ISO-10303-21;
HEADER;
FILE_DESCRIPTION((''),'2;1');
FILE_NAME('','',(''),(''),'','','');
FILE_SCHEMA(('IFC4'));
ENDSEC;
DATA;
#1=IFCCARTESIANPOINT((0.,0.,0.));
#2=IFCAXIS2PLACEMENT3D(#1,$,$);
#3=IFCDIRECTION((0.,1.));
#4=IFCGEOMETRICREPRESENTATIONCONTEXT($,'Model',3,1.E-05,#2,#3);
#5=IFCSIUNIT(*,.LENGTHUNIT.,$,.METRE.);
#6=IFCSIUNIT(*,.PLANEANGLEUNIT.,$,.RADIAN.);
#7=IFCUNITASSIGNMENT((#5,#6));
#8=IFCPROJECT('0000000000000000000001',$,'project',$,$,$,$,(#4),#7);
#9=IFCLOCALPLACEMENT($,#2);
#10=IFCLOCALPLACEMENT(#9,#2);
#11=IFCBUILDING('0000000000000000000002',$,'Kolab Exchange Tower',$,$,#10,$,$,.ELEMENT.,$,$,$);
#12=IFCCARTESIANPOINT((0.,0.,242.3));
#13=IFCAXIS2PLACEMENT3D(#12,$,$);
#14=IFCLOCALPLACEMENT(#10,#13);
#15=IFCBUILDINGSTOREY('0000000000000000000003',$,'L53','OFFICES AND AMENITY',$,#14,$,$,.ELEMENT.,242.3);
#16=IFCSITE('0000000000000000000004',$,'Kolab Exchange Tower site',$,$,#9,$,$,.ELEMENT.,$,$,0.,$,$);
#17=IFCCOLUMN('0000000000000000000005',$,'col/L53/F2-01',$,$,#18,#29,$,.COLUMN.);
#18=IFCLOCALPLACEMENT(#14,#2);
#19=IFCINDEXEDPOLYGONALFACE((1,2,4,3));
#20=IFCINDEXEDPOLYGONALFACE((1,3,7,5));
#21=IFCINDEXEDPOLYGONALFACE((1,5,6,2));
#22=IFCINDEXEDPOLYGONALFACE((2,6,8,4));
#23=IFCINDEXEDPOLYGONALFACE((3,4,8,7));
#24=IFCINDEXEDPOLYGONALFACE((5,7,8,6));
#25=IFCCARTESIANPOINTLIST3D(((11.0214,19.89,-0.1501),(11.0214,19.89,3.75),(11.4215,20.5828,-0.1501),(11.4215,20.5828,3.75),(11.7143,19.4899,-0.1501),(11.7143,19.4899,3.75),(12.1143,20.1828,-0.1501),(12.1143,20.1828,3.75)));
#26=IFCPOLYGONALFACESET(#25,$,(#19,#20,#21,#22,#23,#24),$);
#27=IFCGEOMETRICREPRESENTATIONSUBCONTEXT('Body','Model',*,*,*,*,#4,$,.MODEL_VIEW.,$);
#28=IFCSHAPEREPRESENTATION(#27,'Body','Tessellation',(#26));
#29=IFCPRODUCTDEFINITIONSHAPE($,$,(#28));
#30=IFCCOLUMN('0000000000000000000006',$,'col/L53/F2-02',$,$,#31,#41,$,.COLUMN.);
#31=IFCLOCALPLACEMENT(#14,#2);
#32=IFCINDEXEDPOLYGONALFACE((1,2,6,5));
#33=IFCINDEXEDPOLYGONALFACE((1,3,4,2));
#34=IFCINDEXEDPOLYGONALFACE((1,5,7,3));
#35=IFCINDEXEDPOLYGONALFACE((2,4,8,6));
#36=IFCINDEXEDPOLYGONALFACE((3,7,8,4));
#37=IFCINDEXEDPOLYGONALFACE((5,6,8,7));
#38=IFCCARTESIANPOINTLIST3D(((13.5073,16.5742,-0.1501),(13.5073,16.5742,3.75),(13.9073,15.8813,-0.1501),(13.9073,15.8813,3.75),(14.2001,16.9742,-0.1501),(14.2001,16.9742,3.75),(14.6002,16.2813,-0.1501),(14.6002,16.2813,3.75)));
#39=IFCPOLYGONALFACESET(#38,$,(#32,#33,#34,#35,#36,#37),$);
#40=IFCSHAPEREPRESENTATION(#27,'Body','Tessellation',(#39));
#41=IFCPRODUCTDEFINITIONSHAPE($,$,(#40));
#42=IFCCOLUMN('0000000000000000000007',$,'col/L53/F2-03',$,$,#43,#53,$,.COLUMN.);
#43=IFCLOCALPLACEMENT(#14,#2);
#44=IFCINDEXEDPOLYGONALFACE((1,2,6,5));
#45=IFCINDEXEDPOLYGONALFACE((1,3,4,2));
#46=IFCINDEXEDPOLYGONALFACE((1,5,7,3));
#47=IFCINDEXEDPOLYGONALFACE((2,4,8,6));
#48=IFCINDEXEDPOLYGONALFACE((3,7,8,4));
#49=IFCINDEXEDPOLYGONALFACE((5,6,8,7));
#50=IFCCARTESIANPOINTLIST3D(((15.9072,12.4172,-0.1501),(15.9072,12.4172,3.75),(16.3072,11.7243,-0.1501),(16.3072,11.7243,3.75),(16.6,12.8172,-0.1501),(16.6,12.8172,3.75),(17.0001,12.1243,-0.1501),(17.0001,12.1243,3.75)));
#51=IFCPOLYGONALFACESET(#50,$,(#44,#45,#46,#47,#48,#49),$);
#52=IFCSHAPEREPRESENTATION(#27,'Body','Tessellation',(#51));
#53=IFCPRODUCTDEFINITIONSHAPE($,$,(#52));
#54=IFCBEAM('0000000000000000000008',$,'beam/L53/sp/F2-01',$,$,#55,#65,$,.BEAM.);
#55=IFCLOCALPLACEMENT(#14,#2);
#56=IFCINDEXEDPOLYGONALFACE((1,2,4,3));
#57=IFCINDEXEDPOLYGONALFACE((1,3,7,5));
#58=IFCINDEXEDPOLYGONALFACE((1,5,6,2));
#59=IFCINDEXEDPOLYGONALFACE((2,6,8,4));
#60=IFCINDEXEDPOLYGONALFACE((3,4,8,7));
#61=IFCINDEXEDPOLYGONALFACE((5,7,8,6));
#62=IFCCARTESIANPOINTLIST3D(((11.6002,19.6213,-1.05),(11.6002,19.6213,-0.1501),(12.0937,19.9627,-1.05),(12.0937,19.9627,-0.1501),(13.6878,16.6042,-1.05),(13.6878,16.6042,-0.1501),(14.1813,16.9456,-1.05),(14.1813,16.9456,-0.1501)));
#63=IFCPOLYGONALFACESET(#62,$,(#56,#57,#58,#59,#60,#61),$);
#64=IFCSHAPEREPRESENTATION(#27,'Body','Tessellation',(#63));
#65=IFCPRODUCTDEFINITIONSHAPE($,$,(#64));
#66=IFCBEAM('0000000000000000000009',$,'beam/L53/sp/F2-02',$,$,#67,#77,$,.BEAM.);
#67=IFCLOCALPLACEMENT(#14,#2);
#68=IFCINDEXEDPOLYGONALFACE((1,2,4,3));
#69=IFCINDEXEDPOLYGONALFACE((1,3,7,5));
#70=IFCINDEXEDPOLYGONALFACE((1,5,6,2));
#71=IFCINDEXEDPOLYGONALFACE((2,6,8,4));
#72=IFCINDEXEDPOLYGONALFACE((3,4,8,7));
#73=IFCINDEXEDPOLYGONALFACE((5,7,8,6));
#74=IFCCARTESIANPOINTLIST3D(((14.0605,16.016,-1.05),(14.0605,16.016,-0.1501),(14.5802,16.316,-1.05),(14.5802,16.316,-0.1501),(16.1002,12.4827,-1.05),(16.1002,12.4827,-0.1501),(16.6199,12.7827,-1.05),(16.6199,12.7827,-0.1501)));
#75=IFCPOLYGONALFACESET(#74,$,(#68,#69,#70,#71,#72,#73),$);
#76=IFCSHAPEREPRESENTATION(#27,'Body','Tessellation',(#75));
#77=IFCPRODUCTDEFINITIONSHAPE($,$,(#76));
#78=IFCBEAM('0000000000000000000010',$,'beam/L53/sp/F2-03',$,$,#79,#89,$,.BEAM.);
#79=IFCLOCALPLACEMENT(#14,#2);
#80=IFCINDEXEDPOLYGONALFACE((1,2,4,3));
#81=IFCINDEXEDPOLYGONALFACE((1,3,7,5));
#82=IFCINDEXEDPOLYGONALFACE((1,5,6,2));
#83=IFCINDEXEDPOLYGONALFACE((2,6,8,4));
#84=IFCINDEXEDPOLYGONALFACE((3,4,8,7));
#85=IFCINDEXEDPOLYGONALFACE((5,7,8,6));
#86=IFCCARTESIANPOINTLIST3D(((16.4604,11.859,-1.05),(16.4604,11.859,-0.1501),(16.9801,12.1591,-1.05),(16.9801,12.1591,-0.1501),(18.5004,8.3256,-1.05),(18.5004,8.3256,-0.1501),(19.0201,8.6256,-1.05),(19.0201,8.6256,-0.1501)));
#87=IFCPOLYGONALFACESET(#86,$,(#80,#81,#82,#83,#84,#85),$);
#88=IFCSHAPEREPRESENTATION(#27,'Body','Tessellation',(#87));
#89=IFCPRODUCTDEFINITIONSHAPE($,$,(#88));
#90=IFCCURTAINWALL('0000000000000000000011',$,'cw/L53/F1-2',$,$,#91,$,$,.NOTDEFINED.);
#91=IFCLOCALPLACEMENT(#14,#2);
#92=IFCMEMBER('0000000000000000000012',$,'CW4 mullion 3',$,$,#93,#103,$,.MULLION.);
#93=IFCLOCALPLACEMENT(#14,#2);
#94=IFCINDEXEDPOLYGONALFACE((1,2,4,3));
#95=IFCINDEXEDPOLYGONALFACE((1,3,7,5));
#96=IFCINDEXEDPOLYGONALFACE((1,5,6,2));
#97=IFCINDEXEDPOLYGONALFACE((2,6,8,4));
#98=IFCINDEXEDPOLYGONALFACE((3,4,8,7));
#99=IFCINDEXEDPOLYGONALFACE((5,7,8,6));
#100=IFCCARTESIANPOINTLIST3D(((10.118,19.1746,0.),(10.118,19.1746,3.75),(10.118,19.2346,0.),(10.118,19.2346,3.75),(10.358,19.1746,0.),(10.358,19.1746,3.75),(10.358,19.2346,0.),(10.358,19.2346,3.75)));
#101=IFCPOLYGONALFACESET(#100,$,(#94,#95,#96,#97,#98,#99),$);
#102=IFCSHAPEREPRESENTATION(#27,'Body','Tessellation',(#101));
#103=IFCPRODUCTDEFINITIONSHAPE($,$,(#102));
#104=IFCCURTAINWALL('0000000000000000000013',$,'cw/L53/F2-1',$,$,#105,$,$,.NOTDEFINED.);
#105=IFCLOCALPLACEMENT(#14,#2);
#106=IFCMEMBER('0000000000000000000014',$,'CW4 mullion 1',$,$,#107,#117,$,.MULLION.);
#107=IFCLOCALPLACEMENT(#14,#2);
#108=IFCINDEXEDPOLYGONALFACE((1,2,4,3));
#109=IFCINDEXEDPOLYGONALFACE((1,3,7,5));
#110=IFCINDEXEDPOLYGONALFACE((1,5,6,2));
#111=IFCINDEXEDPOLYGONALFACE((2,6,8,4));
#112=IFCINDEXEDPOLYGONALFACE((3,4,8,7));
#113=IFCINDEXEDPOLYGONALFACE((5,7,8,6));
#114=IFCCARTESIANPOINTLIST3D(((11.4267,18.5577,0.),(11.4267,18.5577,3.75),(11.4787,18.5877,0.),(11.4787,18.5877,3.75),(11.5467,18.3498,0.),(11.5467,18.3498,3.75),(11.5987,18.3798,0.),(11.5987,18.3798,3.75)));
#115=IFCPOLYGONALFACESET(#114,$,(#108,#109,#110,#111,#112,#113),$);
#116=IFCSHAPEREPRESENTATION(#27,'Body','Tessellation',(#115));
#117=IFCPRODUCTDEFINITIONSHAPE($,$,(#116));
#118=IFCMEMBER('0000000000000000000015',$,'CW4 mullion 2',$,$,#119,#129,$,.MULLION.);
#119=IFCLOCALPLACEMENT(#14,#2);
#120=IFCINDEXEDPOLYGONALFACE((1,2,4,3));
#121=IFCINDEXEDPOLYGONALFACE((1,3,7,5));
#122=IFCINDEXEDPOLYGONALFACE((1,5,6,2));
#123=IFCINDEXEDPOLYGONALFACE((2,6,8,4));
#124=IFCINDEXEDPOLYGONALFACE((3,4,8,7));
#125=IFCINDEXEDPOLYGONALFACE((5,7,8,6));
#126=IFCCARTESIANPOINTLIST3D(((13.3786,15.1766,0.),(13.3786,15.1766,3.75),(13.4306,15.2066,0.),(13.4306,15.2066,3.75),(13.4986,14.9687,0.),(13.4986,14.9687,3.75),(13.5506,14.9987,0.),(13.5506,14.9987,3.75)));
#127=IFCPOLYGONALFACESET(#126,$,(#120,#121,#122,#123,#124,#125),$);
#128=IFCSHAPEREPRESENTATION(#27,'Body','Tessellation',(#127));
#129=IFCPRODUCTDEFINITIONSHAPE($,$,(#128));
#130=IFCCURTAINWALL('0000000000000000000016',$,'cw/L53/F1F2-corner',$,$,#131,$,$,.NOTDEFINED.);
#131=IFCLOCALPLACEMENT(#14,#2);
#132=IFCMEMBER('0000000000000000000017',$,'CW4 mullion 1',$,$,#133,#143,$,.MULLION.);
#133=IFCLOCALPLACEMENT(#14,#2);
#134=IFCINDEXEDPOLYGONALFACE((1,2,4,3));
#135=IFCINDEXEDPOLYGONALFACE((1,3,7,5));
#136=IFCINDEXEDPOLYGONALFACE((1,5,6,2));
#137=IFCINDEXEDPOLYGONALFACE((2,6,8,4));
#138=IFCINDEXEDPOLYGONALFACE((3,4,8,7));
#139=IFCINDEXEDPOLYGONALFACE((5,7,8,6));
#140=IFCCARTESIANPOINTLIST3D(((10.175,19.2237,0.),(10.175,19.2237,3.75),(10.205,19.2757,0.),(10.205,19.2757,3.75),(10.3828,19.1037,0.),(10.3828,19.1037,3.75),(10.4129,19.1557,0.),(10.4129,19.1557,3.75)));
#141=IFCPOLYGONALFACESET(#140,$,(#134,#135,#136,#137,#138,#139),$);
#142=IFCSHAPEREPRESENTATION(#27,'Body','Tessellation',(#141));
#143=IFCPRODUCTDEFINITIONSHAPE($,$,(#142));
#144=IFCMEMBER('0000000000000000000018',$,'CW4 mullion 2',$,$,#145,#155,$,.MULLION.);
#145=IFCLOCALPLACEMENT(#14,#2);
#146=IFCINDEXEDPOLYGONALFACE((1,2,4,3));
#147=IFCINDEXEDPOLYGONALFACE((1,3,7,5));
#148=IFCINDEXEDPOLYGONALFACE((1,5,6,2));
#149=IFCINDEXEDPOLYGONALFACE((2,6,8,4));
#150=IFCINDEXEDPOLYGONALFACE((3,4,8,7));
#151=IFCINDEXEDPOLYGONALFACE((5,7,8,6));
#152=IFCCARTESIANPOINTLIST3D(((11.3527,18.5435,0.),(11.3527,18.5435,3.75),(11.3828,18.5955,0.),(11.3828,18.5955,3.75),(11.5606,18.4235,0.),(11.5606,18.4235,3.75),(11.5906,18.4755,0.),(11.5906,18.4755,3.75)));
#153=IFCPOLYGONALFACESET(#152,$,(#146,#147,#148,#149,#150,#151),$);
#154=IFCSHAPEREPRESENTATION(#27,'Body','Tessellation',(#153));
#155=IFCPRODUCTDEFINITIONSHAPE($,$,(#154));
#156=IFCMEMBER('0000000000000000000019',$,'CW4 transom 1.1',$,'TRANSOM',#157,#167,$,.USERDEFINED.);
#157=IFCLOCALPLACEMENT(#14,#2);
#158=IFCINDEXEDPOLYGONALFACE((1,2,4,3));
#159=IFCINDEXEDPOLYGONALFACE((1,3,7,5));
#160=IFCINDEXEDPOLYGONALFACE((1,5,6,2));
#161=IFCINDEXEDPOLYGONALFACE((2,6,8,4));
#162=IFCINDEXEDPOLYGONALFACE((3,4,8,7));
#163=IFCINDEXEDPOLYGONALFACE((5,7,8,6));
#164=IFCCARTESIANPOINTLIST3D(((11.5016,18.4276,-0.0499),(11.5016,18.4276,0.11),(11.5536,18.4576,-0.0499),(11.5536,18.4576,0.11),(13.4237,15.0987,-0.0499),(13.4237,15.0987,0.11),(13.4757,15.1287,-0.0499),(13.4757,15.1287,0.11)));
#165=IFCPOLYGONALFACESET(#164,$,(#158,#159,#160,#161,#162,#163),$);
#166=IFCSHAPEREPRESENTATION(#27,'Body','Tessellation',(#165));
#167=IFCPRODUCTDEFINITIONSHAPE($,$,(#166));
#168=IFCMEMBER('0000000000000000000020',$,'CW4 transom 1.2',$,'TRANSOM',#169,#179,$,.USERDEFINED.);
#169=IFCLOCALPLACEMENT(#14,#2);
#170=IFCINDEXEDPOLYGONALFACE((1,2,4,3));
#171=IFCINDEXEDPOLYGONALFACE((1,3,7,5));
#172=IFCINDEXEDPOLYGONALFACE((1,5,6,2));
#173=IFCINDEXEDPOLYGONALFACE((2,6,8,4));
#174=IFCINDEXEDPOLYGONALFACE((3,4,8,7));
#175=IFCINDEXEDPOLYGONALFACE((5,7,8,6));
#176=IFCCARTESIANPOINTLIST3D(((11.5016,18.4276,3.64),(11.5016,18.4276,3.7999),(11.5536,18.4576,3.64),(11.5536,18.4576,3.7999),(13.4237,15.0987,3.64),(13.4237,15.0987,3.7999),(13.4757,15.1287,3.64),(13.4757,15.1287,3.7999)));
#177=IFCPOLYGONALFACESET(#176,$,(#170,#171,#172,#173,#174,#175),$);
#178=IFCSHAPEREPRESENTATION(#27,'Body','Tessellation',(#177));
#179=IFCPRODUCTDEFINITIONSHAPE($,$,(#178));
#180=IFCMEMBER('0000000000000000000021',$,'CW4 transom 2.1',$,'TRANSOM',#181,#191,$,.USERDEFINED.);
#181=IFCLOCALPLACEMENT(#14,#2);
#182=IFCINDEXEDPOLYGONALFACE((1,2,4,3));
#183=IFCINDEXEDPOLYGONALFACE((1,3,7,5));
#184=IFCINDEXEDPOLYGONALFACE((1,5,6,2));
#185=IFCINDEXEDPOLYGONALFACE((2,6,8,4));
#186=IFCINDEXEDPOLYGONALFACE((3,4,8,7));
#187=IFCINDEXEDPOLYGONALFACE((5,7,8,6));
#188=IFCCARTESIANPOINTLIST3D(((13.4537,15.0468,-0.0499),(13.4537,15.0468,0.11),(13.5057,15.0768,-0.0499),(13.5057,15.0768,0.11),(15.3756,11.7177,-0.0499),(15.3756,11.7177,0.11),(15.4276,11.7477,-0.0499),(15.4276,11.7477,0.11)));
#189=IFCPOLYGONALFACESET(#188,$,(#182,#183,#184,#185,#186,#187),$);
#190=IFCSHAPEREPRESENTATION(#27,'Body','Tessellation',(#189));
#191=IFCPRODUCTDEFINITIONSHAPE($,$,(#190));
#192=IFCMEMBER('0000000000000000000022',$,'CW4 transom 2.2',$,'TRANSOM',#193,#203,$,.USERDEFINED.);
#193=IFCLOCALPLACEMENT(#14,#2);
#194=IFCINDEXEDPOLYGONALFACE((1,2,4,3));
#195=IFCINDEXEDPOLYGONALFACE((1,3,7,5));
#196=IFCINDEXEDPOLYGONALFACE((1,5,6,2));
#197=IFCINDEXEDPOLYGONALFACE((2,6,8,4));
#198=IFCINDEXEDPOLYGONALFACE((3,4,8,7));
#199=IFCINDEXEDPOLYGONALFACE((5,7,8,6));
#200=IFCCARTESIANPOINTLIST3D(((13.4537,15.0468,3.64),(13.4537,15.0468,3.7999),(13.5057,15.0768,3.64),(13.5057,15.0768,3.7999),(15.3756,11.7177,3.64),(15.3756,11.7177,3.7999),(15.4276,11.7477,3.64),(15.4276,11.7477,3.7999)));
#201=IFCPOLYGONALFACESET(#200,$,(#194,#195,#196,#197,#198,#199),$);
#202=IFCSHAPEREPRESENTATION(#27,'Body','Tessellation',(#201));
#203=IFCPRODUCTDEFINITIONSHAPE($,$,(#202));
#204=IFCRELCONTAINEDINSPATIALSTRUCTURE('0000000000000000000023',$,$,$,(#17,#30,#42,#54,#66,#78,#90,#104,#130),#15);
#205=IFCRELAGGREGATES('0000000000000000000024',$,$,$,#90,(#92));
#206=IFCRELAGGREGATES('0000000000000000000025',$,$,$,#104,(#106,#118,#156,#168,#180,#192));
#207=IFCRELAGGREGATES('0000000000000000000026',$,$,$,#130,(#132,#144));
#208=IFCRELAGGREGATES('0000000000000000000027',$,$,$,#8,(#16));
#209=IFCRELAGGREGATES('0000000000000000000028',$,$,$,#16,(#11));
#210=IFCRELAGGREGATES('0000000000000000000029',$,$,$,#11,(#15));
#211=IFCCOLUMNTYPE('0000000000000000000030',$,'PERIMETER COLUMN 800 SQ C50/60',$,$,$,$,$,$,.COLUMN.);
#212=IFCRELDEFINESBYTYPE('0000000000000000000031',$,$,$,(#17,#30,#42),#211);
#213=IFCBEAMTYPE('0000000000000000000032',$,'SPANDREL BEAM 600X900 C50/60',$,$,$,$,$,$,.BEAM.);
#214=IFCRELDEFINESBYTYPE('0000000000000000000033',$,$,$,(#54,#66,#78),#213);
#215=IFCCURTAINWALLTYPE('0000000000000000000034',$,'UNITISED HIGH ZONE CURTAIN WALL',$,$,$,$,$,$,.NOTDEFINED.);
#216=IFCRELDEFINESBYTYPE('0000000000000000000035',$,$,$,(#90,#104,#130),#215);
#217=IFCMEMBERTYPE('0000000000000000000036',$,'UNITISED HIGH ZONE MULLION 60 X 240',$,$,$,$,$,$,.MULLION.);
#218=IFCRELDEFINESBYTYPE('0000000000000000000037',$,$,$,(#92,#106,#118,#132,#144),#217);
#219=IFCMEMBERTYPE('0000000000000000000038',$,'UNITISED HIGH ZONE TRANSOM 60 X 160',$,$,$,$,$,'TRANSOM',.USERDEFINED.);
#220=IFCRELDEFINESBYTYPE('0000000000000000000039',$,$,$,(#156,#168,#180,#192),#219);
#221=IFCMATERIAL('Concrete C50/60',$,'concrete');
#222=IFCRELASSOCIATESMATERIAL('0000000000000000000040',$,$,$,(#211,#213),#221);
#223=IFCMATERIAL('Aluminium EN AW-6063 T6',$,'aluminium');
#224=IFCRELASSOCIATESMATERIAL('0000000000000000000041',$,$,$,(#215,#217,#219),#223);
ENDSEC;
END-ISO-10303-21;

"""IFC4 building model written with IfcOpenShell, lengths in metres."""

from ifc_helpers import new_model, si_unit, direction, frame, origin, origin_2d, place, context, subcontext, project, spatial, rectangle, extrude, material, material_profile, profile_set, type_object, element, aggregate, save


model = new_model("IFC4")

# Units and contexts
model_context = context("Model", 3, precision=1e-05, world=origin(), true_north=direction((0.0, 1.0)))
body_context = subcontext(model_context, "Body", "Model", "MODEL_VIEW")
ifc_project = project(units=[si_unit("LENGTHUNIT", "METRE"), si_unit("PLANEANGLEUNIT", "RADIAN")], contexts=[model_context])

# Site, building, storey
site_placement = place(None, origin())
site = spatial("IfcSite", under=ifc_project, at=site_placement, Name="Kolab Exchange Tower site", CompositionType="ELEMENT", RefElevation=0.0)
building_placement = place(site_placement, origin())
building = spatial("IfcBuilding", under=site, at=building_placement, Name="Kolab Exchange Tower", CompositionType="ELEMENT")
storey_placement = place(building_placement, frame((0.0, 0.0, 242.3)))
storey = spatial("IfcBuildingStorey", under=building, at=storey_placement, Name="L53", Description="OFFICES AND AMENITY", CompositionType="ELEMENT", Elevation=242.3)

# Columns
ifc_material_1 = material(Name="Concrete C50/60", Category="concrete")
ifc_material_profile_1 = material_profile(ifc_material_1, rectangle(XDim=0.8, YDim=0.8, at=origin_2d()), Name="RC800")
ifc_profile_set_1 = profile_set([ifc_material_profile_1], Name="Concrete C50/60")
column_type = type_object("IfcColumnType", Name="PERIMETER COLUMN 800 SQ C50/60", PredefinedType="COLUMN", material=ifc_profile_set_1)
for number, where, z_axis, x_axis, name in (
    (1, (11.5679, 20.0364, -0.1501), (0.0, 0.0, 1.0), (0.5, 0.866025, 0.0), "col/L53/F2-01"),
    (2, (14.0537, 16.4277, -0.1501), (0.0, 0.0, 1.0), (0.866025, 0.5, 0.0), "col/L53/F2-02"),
    (3, (16.4536, 12.2708, -0.1501), (0.0, 0.0, 1.0), (0.866025, 0.5, 0.0), "col/L53/F2-03"),
):
    element("IfcColumn", number, at=place(storey_placement, frame(where, z_axis=z_axis, x_axis=x_axis)), inside=storey, type_object=column_type, Name=name, PredefinedType="COLUMN", context=body_context, shape_type="SweptSolid", body=[
        extrude(rectangle(XDim=0.8, YDim=0.8, at=origin_2d()), origin(), (0.0, 0.0, 1.0), 3.9001),
    ])

# Beams
ifc_material_profile_2 = material_profile(ifc_material_1, rectangle(XDim=0.6001, YDim=0.8999, at=origin_2d()), Name="RC600X900")
ifc_profile_set_2 = profile_set([ifc_material_profile_2], Name="Concrete C50/60")
beam_type = type_object("IfcBeamType", Name="SPANDREL BEAM 600X900 C50/60", PredefinedType="BEAM", material=ifc_profile_set_2)
beam_1_placement = place(storey_placement, frame((11.8469, 19.792, -0.6001), z_axis=(0.569006, -0.822334, 0.0), x_axis=(0.822334, 0.569006, 0.0)))
element("IfcBeam", 4, at=beam_1_placement, inside=storey, type_object=beam_type, Name="beam/L53/sp/F2-01", PredefinedType="BEAM", context=body_context, shape_type="SweptSolid", body=[
    extrude(rectangle(XDim=0.6001, YDim=0.8999, at=origin_2d()), origin(), (0.0, 0.0, 1.0), 3.6689),
])
beam_2_placement = place(storey_placement, frame((14.3203, 16.166, -0.6001), z_axis=(0.499956, -0.866051, 0.0), x_axis=(0.866051, 0.499956, 0.0)))
element("IfcBeam", 5, at=beam_2_placement, inside=storey, type_object=beam_type, Name="beam/L53/sp/F2-02", PredefinedType="BEAM", context=body_context, shape_type="SweptSolid", body=[
    extrude(rectangle(XDim=0.6001, YDim=0.8999, at=origin_2d()), origin(), (0.0, 0.0, 1.0), 4.0798),
])
beam_3_placement = place(storey_placement, frame((16.7202, 12.009, -0.6001), z_axis=(0.5, -0.866025, 0.0), x_axis=(0.866025, 0.5, 0.0)))
element("IfcBeam", 6, at=beam_3_placement, inside=storey, type_object=beam_type, Name="beam/L53/sp/F2-03", PredefinedType="BEAM", context=body_context, shape_type="SweptSolid", body=[
    extrude(rectangle(XDim=0.6001, YDim=0.8999, at=origin_2d()), origin(), (0.0, 0.0, 1.0), 4.0801),
])

# Curtain wall, member
ifc_material_2 = material(Name="Aluminium EN AW-6063 T6", Category="aluminium")
curtain_wall_type = type_object("IfcCurtainWallType", Name="UNITISED HIGH ZONE CURTAIN WALL", PredefinedType="NOTDEFINED", material=ifc_material_2)
curtain_wall_1_placement = place(storey_placement, origin())
curtain_wall_1 = element("IfcCurtainWall", 7, at=curtain_wall_1_placement, inside=storey, type_object=curtain_wall_type, Name="cw/L53/F1-2", PredefinedType="NOTDEFINED")
ifc_material_profile_3 = material_profile(ifc_material_2, rectangle(XDim=0.0601, YDim=0.24, at=origin_2d()), Name="RECT 60X240")
ifc_profile_set_3 = profile_set([ifc_material_profile_3], Name="Aluminium EN AW-6063 T6")
member_type_1 = type_object("IfcMemberType", Name="UNITISED HIGH ZONE MULLION 60 X 240", PredefinedType="MULLION", material=ifc_profile_set_3)
member_1_placement = place(storey_placement, frame((10.238, 19.2046, 0.0), z_axis=(0.0, 0.0, 1.0), x_axis=(0.0, 1.0, 0.0)))
member_1 = element("IfcMember", 8, at=member_1_placement, type_object=member_type_1, Name="CW4 mullion 3", PredefinedType="MULLION", context=body_context, shape_type="SweptSolid", body=[
    extrude(rectangle(XDim=0.0601, YDim=0.24, at=origin_2d()), origin(), (0.0, 0.0, 1.0), 3.75),
])
aggregate(curtain_wall_1, [member_1])

# Curtain walls, members
curtain_wall_2_placement = place(storey_placement, origin())
curtain_wall_2 = element("IfcCurtainWall", 9, at=curtain_wall_2_placement, inside=storey, type_object=curtain_wall_type, Name="cw/L53/F2-1", PredefinedType="NOTDEFINED")
member_2_placement = place(storey_placement, frame((11.5127, 18.4688, 0.0), z_axis=(0.0, 0.0, 1.0), x_axis=(0.866025, 0.5, 0.0)))
member_2 = element("IfcMember", 10, at=member_2_placement, type_object=member_type_1, Name="CW4 mullion 1", PredefinedType="MULLION", context=body_context, shape_type="SweptSolid", body=[
    extrude(rectangle(XDim=0.0601, YDim=0.24, at=origin_2d()), origin(), (0.0, 0.0, 1.0), 3.75),
])
member_3_placement = place(storey_placement, frame((13.4646, 15.0876, 0.0), z_axis=(0.0, 0.0, 1.0), x_axis=(0.866025, 0.5, 0.0)))
member_3 = element("IfcMember", 11, at=member_3_placement, type_object=member_type_1, Name="CW4 mullion 2", PredefinedType="MULLION", context=body_context, shape_type="SweptSolid", body=[
    extrude(rectangle(XDim=0.0601, YDim=0.24, at=origin_2d()), origin(), (0.0, 0.0, 1.0), 3.75),
])
curtain_wall_3_placement = place(storey_placement, origin())
curtain_wall_3 = element("IfcCurtainWall", 12, at=curtain_wall_3_placement, inside=storey, type_object=curtain_wall_type, Name="cw/L53/F1F2-corner", PredefinedType="NOTDEFINED")
member_4_placement = place(storey_placement, frame((10.2939, 19.1897, 0.0), z_axis=(0.0, 0.0, 1.0), x_axis=(0.5, 0.866025, 0.0)))
member_4 = element("IfcMember", 13, at=member_4_placement, type_object=member_type_1, Name="CW4 mullion 1", PredefinedType="MULLION", context=body_context, shape_type="SweptSolid", body=[
    extrude(rectangle(XDim=0.0601, YDim=0.24, at=origin_2d()), origin(), (0.0, 0.0, 1.0), 3.75),
])
member_5_placement = place(storey_placement, frame((11.4717, 18.5095, 0.0), z_axis=(0.0, 0.0, 1.0), x_axis=(0.5, 0.866025, 0.0)))
member_5 = element("IfcMember", 14, at=member_5_placement, type_object=member_type_1, Name="CW4 mullion 2", PredefinedType="MULLION", context=body_context, shape_type="SweptSolid", body=[
    extrude(rectangle(XDim=0.0601, YDim=0.24, at=origin_2d()), origin(), (0.0, 0.0, 1.0), 3.75),
])

# Members
ifc_material_profile_4 = material_profile(ifc_material_2, rectangle(XDim=0.0601, YDim=0.1599, at=origin_2d()), Name="RECT 60X160")
ifc_profile_set_4 = profile_set([ifc_material_profile_4], Name="Aluminium EN AW-6063 T6")
member_type_2 = type_object("IfcMemberType", Name="UNITISED HIGH ZONE TRANSOM 60 X 160", ElementType="TRANSOM", PredefinedType="USERDEFINED", material=ifc_profile_set_4)
member_6_placement = place(storey_placement, frame((11.5276, 18.4426, 0.03), z_axis=(0.500039, -0.866003, 0.0), x_axis=(0.866003, 0.500039, 0.0)))
member_6 = element("IfcMember", 15, at=member_6_placement, type_object=member_type_2, Name="CW4 transom 1.1", ObjectType="TRANSOM", PredefinedType="USERDEFINED", context=body_context, shape_type="SweptSolid", body=[
    extrude(rectangle(XDim=0.0601, YDim=0.1599, at=origin_2d()), origin(), (0.0, 0.0, 1.0), 3.844),
])
member_7_placement = place(storey_placement, frame((11.5276, 18.4426, 3.72), z_axis=(0.500039, -0.866003, 0.0), x_axis=(0.866003, 0.500039, 0.0)))
member_7 = element("IfcMember", 16, at=member_7_placement, type_object=member_type_2, Name="CW4 transom 1.2", ObjectType="TRANSOM", PredefinedType="USERDEFINED", context=body_context, shape_type="SweptSolid", body=[
    extrude(rectangle(XDim=0.0601, YDim=0.1599, at=origin_2d()), origin(), (0.0, 0.0, 1.0), 3.844),
])
member_8_placement = place(storey_placement, frame((13.4797, 15.0618, 0.03), z_axis=(0.499964, -0.866046, 0.0), x_axis=(0.866046, 0.499964, 0.0)))
member_8 = element("IfcMember", 17, at=member_8_placement, type_object=member_type_2, Name="CW4 transom 2.1", ObjectType="TRANSOM", PredefinedType="USERDEFINED", context=body_context, shape_type="SweptSolid", body=[
    extrude(rectangle(XDim=0.0601, YDim=0.1599, at=origin_2d()), origin(), (0.0, 0.0, 1.0), 3.844),
])
member_9_placement = place(storey_placement, frame((13.4797, 15.0618, 3.72), z_axis=(0.499964, -0.866046, 0.0), x_axis=(0.866046, 0.499964, 0.0)))
member_9 = element("IfcMember", 18, at=member_9_placement, type_object=member_type_2, Name="CW4 transom 2.2", ObjectType="TRANSOM", PredefinedType="USERDEFINED", context=body_context, shape_type="SweptSolid", body=[
    extrude(rectangle(XDim=0.0601, YDim=0.1599, at=origin_2d()), origin(), (0.0, 0.0, 1.0), 3.844),
])

aggregate(curtain_wall_2, [member_2, member_3, member_6, member_7, member_8, member_9])
aggregate(curtain_wall_3, [member_4, member_5])

save(model, "model.ifc")
